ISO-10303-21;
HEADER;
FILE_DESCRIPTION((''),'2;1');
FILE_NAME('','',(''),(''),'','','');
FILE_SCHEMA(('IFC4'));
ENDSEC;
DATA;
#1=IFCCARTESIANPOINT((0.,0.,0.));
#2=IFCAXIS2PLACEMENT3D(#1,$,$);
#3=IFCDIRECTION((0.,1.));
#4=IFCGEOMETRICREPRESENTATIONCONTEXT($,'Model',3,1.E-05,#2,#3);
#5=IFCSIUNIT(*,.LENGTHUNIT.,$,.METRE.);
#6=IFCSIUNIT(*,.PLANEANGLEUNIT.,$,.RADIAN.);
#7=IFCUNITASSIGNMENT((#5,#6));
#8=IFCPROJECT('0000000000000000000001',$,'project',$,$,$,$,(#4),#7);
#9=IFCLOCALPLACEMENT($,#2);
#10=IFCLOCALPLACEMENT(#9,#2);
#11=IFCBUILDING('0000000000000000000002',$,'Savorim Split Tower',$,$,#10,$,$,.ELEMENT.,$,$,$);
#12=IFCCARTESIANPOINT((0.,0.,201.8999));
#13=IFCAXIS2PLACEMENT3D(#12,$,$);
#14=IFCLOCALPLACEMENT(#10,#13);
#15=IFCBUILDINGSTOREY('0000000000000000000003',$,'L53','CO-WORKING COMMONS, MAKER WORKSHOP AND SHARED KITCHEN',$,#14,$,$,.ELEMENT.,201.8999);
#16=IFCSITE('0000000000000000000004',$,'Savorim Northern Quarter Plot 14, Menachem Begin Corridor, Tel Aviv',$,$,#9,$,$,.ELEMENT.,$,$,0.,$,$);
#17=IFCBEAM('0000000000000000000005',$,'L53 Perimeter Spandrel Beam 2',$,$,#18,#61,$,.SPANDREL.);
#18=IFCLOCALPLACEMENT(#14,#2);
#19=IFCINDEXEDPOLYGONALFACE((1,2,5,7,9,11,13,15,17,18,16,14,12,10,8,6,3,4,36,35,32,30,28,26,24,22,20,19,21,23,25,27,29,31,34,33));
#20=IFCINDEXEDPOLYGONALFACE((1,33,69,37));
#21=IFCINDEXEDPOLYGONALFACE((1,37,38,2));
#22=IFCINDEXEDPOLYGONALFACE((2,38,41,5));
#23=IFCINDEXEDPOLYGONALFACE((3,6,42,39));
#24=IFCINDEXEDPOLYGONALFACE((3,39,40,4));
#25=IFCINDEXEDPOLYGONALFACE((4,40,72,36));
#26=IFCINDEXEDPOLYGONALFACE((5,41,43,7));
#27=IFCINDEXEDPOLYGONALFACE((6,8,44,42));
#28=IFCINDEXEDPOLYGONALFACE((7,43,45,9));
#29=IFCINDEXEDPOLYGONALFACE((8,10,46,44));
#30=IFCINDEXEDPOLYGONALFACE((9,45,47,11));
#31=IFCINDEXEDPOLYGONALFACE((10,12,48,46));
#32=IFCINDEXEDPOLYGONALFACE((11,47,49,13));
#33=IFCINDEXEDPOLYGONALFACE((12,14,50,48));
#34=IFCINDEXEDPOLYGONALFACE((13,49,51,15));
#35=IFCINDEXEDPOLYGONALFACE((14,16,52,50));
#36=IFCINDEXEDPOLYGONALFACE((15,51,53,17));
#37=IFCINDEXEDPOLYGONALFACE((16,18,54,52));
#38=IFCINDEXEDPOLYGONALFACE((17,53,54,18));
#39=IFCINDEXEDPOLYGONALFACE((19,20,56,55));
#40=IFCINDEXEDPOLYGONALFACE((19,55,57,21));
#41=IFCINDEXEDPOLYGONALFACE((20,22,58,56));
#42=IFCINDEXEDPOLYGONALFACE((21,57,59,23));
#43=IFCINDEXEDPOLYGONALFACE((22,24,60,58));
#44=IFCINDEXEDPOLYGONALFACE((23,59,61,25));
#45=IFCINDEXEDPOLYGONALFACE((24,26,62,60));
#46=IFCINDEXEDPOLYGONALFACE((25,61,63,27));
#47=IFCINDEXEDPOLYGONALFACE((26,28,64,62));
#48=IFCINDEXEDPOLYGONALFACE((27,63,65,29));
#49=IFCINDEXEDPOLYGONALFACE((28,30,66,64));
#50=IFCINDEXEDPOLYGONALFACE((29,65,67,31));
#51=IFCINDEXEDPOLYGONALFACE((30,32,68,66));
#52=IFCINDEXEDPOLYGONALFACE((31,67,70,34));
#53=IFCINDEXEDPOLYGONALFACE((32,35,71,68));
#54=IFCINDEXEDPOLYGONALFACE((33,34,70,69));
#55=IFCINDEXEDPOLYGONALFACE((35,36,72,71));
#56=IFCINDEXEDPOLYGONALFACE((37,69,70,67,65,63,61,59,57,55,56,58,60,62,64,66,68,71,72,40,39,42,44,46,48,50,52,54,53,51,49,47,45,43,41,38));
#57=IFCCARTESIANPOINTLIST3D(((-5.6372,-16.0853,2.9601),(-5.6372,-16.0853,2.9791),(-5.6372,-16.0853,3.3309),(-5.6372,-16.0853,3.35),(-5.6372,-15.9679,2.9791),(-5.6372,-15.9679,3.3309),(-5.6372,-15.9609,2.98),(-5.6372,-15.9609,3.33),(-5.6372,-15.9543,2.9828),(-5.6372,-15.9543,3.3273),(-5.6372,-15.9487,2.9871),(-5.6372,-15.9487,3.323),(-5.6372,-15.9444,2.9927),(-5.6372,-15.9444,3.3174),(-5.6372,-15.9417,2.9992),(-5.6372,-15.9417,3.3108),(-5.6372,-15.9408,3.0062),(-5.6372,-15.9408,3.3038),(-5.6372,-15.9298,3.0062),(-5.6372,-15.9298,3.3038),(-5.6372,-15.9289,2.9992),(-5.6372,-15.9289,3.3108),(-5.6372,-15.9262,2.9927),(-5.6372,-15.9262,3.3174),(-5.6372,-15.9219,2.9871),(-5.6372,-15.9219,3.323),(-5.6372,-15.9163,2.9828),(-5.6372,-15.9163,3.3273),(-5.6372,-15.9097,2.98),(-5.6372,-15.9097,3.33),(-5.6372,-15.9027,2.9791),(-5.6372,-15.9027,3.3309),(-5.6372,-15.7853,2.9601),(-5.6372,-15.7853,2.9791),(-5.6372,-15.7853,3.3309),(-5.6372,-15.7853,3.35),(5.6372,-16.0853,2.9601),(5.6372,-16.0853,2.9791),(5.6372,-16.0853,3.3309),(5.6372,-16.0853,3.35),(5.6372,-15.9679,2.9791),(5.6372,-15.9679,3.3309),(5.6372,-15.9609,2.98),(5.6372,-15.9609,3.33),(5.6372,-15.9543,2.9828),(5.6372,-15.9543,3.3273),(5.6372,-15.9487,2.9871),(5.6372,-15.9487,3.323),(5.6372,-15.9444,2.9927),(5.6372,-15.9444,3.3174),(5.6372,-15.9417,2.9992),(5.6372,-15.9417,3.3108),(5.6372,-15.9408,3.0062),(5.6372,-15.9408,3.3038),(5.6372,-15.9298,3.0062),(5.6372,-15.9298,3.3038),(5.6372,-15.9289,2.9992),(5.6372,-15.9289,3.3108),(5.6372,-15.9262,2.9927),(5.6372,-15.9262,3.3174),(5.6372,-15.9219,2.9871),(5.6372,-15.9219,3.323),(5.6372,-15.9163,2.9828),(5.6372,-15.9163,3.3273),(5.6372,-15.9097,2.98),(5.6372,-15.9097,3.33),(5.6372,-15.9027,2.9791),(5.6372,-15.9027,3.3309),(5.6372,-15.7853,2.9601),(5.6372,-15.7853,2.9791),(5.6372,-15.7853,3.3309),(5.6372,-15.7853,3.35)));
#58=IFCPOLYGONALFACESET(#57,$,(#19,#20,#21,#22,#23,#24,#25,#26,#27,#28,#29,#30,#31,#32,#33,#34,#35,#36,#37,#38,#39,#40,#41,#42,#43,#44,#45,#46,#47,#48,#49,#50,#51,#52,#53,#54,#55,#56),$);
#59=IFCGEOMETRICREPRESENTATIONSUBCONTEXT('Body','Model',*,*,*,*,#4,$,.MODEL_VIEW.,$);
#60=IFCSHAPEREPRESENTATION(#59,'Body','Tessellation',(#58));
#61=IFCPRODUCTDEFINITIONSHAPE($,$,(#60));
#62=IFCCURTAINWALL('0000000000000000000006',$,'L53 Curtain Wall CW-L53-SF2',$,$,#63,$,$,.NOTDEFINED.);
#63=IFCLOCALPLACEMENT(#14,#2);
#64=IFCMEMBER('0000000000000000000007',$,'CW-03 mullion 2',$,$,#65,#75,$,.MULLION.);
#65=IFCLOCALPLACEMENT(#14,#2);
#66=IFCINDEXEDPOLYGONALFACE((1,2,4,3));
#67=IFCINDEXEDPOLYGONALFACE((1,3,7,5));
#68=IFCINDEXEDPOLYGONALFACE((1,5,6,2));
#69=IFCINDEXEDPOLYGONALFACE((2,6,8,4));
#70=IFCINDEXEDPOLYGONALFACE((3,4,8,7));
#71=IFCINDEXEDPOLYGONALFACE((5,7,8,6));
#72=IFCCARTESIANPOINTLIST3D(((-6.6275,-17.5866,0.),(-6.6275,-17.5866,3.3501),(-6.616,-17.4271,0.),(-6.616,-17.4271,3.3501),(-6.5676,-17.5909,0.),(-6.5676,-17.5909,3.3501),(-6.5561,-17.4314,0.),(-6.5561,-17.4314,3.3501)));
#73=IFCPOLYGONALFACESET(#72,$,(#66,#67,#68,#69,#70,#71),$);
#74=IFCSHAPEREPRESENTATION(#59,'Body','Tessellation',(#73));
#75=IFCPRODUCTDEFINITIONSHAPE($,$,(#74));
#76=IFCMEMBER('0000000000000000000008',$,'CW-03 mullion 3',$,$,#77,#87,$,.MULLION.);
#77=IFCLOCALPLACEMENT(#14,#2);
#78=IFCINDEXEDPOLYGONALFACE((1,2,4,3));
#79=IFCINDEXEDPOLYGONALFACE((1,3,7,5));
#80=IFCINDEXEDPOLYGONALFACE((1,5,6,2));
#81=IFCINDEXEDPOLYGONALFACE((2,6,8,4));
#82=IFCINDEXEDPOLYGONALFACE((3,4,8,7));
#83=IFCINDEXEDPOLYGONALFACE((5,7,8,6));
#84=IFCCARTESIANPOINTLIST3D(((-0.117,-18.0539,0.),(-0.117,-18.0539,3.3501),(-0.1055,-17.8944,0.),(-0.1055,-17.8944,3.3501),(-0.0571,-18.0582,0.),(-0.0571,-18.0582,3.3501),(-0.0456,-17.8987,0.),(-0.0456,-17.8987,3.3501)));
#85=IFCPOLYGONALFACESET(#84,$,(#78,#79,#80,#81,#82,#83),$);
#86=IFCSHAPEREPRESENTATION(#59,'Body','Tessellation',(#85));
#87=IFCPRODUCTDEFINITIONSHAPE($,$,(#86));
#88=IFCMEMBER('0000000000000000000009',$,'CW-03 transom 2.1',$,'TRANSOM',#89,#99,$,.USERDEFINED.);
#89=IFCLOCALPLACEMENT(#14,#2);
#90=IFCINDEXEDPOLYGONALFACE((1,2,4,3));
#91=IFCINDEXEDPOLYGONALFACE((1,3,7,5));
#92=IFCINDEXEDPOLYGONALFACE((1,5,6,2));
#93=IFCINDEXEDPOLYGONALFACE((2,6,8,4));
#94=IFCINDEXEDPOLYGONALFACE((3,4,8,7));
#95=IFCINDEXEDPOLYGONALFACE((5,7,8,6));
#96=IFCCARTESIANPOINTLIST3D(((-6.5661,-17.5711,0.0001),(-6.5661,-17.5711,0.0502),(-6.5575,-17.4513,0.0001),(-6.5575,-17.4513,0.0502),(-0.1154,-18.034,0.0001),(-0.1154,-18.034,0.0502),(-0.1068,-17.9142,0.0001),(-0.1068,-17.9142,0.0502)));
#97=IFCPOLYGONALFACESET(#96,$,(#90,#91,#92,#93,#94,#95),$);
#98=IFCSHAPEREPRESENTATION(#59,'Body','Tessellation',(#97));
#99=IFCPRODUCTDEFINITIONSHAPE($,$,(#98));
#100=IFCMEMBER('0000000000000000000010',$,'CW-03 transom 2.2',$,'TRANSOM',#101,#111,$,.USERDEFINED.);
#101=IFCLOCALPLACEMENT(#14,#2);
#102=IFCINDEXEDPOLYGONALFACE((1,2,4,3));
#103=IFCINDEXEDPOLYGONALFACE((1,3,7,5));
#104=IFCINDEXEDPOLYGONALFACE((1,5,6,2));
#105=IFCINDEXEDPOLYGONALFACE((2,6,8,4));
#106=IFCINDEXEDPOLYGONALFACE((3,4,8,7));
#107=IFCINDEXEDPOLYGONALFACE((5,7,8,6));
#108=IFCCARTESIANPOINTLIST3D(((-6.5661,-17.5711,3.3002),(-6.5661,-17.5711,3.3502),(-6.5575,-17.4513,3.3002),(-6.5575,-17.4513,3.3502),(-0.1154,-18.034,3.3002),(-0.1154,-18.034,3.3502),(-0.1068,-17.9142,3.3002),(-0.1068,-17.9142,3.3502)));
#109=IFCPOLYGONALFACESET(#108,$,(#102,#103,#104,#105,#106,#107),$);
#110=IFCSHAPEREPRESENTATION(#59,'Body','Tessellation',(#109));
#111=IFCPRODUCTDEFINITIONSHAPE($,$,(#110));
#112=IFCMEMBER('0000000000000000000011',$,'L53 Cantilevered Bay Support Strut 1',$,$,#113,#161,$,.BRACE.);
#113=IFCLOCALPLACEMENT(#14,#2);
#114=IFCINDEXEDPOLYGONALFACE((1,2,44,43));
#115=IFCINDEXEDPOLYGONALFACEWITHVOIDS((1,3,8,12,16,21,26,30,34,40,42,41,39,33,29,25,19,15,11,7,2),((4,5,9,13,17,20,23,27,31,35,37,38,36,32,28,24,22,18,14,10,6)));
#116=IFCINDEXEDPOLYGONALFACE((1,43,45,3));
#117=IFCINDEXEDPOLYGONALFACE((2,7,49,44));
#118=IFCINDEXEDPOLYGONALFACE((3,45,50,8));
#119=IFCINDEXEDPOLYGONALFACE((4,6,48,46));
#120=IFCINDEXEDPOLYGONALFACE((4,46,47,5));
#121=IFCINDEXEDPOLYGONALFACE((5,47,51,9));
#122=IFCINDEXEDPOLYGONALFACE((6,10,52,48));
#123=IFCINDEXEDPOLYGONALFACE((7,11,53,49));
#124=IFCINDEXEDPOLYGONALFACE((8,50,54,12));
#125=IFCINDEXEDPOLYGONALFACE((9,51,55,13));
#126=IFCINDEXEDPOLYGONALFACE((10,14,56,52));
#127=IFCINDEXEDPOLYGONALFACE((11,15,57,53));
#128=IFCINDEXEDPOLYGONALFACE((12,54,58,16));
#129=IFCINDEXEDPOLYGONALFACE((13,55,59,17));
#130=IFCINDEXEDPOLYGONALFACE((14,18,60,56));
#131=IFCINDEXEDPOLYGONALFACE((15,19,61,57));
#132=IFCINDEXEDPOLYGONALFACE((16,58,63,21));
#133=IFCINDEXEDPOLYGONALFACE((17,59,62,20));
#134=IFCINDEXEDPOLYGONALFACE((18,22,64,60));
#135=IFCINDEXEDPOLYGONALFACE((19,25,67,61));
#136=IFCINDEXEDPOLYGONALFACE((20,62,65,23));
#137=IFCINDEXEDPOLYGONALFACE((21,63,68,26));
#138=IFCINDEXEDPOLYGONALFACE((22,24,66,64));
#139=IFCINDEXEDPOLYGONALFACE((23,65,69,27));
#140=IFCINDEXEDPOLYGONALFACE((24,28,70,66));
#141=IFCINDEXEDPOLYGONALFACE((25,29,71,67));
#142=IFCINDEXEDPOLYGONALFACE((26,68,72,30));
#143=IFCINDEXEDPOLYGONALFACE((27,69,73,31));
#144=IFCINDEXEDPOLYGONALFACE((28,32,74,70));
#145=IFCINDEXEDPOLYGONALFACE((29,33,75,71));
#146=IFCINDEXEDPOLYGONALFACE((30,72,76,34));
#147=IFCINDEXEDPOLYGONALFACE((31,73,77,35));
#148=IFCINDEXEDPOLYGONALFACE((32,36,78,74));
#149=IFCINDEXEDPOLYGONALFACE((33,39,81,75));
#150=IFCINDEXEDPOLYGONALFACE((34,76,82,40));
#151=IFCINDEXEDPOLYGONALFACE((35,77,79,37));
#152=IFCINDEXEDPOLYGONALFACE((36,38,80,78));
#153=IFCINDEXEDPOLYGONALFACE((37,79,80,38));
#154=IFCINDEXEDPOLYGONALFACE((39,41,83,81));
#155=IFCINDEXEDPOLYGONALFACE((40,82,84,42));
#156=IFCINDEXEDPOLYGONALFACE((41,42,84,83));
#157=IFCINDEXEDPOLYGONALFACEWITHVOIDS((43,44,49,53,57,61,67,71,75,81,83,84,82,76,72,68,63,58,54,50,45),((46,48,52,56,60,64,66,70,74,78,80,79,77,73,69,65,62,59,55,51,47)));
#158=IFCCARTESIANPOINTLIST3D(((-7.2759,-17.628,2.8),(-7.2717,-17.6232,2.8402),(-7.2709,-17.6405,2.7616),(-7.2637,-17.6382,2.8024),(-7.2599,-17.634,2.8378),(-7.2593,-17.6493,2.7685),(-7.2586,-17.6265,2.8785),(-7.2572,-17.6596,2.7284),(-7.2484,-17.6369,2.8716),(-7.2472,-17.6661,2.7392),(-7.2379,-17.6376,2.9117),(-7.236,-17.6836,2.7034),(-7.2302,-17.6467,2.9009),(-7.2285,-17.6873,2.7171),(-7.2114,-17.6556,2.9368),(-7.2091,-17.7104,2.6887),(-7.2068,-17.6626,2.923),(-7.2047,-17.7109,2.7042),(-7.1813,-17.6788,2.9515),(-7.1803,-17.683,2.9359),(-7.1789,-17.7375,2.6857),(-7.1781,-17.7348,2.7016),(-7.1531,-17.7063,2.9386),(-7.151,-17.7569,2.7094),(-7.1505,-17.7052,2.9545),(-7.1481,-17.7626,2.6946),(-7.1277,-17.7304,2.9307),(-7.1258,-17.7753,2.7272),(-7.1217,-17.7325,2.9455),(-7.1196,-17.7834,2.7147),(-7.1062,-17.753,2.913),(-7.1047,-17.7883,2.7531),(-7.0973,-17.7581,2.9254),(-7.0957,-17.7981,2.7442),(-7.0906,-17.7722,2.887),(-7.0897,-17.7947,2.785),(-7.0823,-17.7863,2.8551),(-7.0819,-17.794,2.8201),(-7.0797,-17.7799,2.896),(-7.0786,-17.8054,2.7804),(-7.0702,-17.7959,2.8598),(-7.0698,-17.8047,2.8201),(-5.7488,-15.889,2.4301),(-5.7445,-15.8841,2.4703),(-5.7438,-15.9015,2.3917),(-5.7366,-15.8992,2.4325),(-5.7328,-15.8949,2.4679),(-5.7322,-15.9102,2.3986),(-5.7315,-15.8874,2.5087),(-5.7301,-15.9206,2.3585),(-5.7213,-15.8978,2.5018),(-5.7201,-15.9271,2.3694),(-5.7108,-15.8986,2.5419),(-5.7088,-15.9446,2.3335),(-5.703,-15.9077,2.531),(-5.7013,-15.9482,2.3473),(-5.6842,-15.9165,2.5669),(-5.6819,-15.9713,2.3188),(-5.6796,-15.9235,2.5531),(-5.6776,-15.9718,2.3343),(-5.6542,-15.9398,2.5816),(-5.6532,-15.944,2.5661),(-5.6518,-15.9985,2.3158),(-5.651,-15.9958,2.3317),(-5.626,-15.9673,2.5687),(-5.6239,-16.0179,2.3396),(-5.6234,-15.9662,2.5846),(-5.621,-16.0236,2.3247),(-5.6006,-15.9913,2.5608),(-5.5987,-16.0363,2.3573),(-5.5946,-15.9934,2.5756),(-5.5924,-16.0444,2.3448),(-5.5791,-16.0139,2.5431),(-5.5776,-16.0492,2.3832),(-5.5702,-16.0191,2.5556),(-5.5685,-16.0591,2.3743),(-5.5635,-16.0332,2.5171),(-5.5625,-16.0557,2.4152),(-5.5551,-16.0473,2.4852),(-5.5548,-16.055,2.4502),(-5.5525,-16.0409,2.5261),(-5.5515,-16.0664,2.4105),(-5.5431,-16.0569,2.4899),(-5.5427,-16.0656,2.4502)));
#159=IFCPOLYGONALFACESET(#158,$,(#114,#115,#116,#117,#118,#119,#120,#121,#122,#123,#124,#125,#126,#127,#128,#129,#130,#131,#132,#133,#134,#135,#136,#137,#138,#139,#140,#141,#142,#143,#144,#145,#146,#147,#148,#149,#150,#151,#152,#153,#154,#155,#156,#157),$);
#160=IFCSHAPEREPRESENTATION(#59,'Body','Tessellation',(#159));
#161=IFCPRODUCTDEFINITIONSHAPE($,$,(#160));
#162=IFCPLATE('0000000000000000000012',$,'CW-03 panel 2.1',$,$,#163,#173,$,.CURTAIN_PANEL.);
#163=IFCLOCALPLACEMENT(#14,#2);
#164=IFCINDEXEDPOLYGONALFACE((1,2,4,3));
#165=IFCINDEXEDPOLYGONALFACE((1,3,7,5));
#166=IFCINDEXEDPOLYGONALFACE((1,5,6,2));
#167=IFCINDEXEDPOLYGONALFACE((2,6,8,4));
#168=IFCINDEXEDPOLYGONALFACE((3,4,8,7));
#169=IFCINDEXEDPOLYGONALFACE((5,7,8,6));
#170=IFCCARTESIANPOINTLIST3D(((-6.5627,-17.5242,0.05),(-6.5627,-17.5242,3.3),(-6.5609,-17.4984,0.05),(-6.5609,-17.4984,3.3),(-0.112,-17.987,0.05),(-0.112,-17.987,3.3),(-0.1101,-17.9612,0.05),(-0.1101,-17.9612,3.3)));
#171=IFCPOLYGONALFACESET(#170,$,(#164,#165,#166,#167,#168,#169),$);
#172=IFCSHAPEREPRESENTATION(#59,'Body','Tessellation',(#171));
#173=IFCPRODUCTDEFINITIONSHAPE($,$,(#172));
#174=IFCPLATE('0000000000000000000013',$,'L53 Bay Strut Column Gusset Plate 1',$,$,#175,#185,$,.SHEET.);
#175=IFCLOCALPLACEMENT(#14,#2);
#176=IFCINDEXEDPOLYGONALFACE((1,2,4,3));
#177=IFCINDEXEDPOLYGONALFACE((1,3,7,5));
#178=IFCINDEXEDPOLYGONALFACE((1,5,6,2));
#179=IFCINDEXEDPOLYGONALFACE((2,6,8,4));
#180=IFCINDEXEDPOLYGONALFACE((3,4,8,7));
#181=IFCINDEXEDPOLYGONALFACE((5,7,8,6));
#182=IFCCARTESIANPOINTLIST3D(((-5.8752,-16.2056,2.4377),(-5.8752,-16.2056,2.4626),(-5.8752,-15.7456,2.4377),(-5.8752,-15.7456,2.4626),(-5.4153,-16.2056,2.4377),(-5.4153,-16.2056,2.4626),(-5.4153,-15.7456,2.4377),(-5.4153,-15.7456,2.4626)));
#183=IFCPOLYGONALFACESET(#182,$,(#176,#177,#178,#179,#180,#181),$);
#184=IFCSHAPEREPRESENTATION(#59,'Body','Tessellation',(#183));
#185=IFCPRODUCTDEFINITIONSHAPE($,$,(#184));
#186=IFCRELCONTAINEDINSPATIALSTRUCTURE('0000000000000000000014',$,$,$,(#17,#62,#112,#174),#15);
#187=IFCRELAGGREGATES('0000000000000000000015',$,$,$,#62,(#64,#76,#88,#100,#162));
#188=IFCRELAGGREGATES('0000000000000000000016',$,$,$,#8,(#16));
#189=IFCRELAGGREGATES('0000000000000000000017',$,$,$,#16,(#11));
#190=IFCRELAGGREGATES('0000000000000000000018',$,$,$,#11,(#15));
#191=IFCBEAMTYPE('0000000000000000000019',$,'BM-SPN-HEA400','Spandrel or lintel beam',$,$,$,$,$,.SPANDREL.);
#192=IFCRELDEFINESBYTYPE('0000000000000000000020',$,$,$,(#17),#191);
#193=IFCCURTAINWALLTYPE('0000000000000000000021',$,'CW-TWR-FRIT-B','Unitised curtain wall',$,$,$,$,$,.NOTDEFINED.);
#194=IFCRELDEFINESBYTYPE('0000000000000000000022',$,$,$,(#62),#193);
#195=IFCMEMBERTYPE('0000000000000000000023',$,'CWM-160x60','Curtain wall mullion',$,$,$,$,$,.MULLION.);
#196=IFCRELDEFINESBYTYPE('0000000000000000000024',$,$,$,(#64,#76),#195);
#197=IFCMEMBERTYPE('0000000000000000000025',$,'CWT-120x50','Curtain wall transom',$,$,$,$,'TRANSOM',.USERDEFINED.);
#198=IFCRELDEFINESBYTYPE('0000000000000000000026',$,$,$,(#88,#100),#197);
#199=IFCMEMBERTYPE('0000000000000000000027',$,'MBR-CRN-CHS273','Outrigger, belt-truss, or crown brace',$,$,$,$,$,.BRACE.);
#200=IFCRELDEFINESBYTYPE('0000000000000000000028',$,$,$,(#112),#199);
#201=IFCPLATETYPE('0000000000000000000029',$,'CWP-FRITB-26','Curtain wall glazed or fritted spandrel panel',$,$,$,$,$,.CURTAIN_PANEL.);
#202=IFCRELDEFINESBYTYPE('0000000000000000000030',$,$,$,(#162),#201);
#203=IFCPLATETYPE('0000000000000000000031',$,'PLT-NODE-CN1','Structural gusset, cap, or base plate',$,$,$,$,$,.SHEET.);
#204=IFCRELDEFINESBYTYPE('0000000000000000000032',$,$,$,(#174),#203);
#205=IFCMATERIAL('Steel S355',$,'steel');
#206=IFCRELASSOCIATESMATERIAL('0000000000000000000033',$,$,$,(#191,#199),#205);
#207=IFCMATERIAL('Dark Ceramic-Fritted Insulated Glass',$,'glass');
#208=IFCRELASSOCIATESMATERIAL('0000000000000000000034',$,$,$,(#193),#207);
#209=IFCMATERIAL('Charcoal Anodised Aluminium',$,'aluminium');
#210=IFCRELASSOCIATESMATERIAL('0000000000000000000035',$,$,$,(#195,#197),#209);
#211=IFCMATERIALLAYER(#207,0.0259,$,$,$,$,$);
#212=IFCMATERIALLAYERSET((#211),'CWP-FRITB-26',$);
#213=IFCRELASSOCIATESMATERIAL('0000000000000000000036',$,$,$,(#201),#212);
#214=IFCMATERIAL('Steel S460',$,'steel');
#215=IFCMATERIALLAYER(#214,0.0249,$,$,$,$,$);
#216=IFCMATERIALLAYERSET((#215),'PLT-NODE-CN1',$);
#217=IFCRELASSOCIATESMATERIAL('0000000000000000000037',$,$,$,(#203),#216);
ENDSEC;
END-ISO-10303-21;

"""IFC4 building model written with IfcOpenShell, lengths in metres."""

from ifc_helpers import new_model, si_unit, direction, frame, origin, origin_2d, place, context, subcontext, project, spatial, rectangle, hollow_circle, i_section, extrude, material, layer, layer_set, material_profile, profile_set, type_object, element, aggregate, save


model = new_model("IFC4")

# Units and contexts
model_context = context("Model", 3, precision=1e-05, world=origin(), true_north=direction((0.0, 1.0)))
body_context = subcontext(model_context, "Body", "Model", "MODEL_VIEW")
ifc_project = project(units=[si_unit("LENGTHUNIT", "METRE"), si_unit("PLANEANGLEUNIT", "RADIAN")], contexts=[model_context])

# Site, building, storey
site_placement = place(None, origin())
site = spatial("IfcSite", under=ifc_project, at=site_placement, Name="Savorim Northern Quarter Plot 14, Menachem Begin Corridor, Tel Aviv", CompositionType="ELEMENT", RefElevation=0.0)
building_placement = place(site_placement, origin())
building = spatial("IfcBuilding", under=site, at=building_placement, Name="Savorim Split Tower", CompositionType="ELEMENT")
storey_placement = place(building_placement, frame((0.0, 0.0, 201.8999)))
storey = spatial("IfcBuildingStorey", under=building, at=storey_placement, Name="L53", Description="CO-WORKING COMMONS, MAKER WORKSHOP AND SHARED KITCHEN", CompositionType="ELEMENT", Elevation=201.8999)

# Shared definitions
ifc_material_1 = material(Name="Steel S355", Category="steel")

# Beam
ifc_material_profile_1 = material_profile(ifc_material_1, i_section(OverallWidth=0.3, OverallDepth=0.3899, WebThickness=0.011, FlangeThickness=0.019, FilletRadius=0.0271, at=origin_2d()), Name="HEA 400")
ifc_profile_set_1 = profile_set([ifc_material_profile_1], Name="Steel S355")
beam_type_1 = type_object("IfcBeamType", Name="BM-SPN-HEA400", Description="Spandrel or lintel beam", PredefinedType="SPANDREL", material=ifc_profile_set_1)
beam_1_placement = place(storey_placement, frame((-5.6372, -15.9353, 3.155), z_axis=(1.0, 0.0, 0.0), x_axis=(0.0, 1.0, 0.0)))
element("IfcBeam", 1, at=beam_1_placement, inside=storey, type_object=beam_type_1, Name="L53 Perimeter Spandrel Beam 2", PredefinedType="SPANDREL", context=body_context, shape_type="SweptSolid", body=[
    extrude(i_section(OverallWidth=0.3, OverallDepth=0.3899, WebThickness=0.011, FlangeThickness=0.019, FilletRadius=0.0271, at=origin_2d()), origin(), (0.0, 0.0, 1.0), 11.2744),
])

# Curtain wall, members
ifc_material_2 = material(Name="Dark Ceramic-Fritted Insulated Glass", Category="glass")
curtain_wall_type = type_object("IfcCurtainWallType", Name="CW-TWR-FRIT-B", Description="Unitised curtain wall", PredefinedType="NOTDEFINED", material=ifc_material_2)
curtain_wall_placement = place(storey_placement, origin())
curtain_wall = element("IfcCurtainWall", 2, at=curtain_wall_placement, inside=storey, type_object=curtain_wall_type, Name="L53 Curtain Wall CW-L53-SF2", PredefinedType="NOTDEFINED")
ifc_material_3 = material(Name="Charcoal Anodised Aluminium", Category="aluminium")
ifc_material_profile_2 = material_profile(ifc_material_3, rectangle(XDim=0.1599, YDim=0.0601, at=origin_2d()), Name="ALU-M 160x60")
ifc_profile_set_2 = profile_set([ifc_material_profile_2], Name="Charcoal Anodised Aluminium")
member_type_1 = type_object("IfcMemberType", Name="CWM-160x60", Description="Curtain wall mullion", PredefinedType="MULLION", material=ifc_profile_set_2)
member_1_placement = place(storey_placement, frame((-6.5918, -17.509, 0.0), z_axis=(0.0, 0.0, 1.0), x_axis=(0.071562, 0.997436, 0.0)))
member_1 = element("IfcMember", 3, at=member_1_placement, type_object=member_type_1, Name="CW-03 mullion 2", PredefinedType="MULLION", context=body_context, shape_type="SweptSolid", body=[
    extrude(rectangle(XDim=0.1599, YDim=0.0601, at=origin_2d()), origin(), (0.0, 0.0, 1.0), 3.3501),
])
member_2_placement = place(storey_placement, frame((-0.0813, -17.9763, 0.0), z_axis=(0.0, 0.0, 1.0), x_axis=(0.071562, 0.997436, 0.0)))
member_2 = element("IfcMember", 4, at=member_2_placement, type_object=member_type_1, Name="CW-03 mullion 3", PredefinedType="MULLION", context=body_context, shape_type="SweptSolid", body=[
    extrude(rectangle(XDim=0.1599, YDim=0.0601, at=origin_2d()), origin(), (0.0, 0.0, 1.0), 3.3501),
])
ifc_material_profile_3 = material_profile(ifc_material_3, rectangle(XDim=0.1201, YDim=0.05, at=origin_2d()), Name="ALU-T 120x50")
ifc_profile_set_3 = profile_set([ifc_material_profile_3], Name="Charcoal Anodised Aluminium")
member_type_2 = type_object("IfcMemberType", Name="CWT-120x50", Description="Curtain wall transom", ElementType="TRANSOM", PredefinedType="USERDEFINED", material=ifc_profile_set_3)
member_3_placement = place(storey_placement, frame((-6.5618, -17.5112, 0.0251), z_axis=(0.997435, -0.071574, 0.0), x_axis=(0.071574, 0.997435, 0.0)))
member_3 = element("IfcMember", 5, at=member_3_placement, type_object=member_type_2, Name="CW-03 transom 2.1", ObjectType="TRANSOM", PredefinedType="USERDEFINED", context=body_context, shape_type="SweptSolid", body=[
    extrude(rectangle(XDim=0.1201, YDim=0.05, at=origin_2d()), origin(), (0.0, 0.0, 1.0), 6.4673),
])
member_4_placement = place(storey_placement, frame((-6.5618, -17.5112, 3.3252), z_axis=(0.997435, -0.071574, 0.0), x_axis=(0.071574, 0.997435, 0.0)))
member_4 = element("IfcMember", 6, at=member_4_placement, type_object=member_type_2, Name="CW-03 transom 2.2", ObjectType="TRANSOM", PredefinedType="USERDEFINED", context=body_context, shape_type="SweptSolid", body=[
    extrude(rectangle(XDim=0.1201, YDim=0.05, at=origin_2d()), origin(), (0.0, 0.0, 1.0), 6.4673),
])

# Member
ifc_material_profile_4 = material_profile(ifc_material_1, hollow_circle(Radius=0.1365, WallThickness=0.0161, at=origin_2d()), Name="CHS 273x16")
ifc_profile_set_4 = profile_set([ifc_material_profile_4], Name="Steel S355")
member_type_3 = type_object("IfcMemberType", Name="MBR-CRN-CHS273", Description="Outrigger, belt-truss, or crown brace", PredefinedType="BRACE", material=ifc_profile_set_4)
member_5_placement = place(storey_placement, frame((-5.6453, -15.9756, 2.4502), z_axis=(-0.651572, -0.74199, 0.157815), x_axis=(0.751406, -0.65984, 0.0)))
element("IfcMember", 7, at=member_5_placement, inside=storey, type_object=member_type_3, Name="L53 Cantilevered Bay Support Strut 1", PredefinedType="BRACE", context=body_context, shape_type="SweptSolid", body=[
    extrude(hollow_circle(Radius=0.1365, WallThickness=0.0161, at=origin_2d()), origin(), (0.0, 0.0, 1.0), 2.3438),
])

# Plate
ifc_layer_1 = layer(ifc_material_2, 0.0259)
ifc_layer_set_1 = layer_set([ifc_layer_1], Name="CWP-FRITB-26")
plate_type_1 = type_object("IfcPlateType", Name="CWP-FRITB-26", Description="Curtain wall glazed or fritted spandrel panel", PredefinedType="CURTAIN_PANEL", material=ifc_layer_set_1)
plate_placement = place(storey_placement, frame((-3.3364, -17.7427, 0.05), z_axis=(0.0, 0.0, 1.0), x_axis=(0.997436, -0.071562, 0.0)))
plate = element("IfcPlate", 8, at=plate_placement, type_object=plate_type_1, Name="CW-03 panel 2.1", PredefinedType="CURTAIN_PANEL", context=body_context, shape_type="SweptSolid", body=[
    extrude(rectangle(XDim=6.4673, YDim=0.0259, at=origin_2d()), origin(), (0.0, 0.0, 1.0), 3.25),
])
aggregate(curtain_wall, [member_1, member_2, member_3, member_4, plate])

# Plate
ifc_material_4 = material(Name="Steel S460", Category="steel")
ifc_layer_2 = layer(ifc_material_4, 0.0249)
ifc_layer_set_2 = layer_set([ifc_layer_2], Name="PLT-NODE-CN1")
plate_type_2 = type_object("IfcPlateType", Name="PLT-NODE-CN1", Description="Structural gusset, cap, or base plate", PredefinedType="SHEET", material=ifc_layer_set_2)
for number, where, z_axis, x_axis, name in (
    (9, (-5.6453, -15.9756, 2.4377), (0.0, 0.0, 1.0), (1.0, 0.0, 0.0), "L53 Bay Strut Column Gusset Plate 1"),
):
    element("IfcPlate", number, at=place(storey_placement, frame(where, z_axis=z_axis, x_axis=x_axis)), inside=storey, type_object=plate_type_2, Name=name, PredefinedType="SHEET", context=body_context, shape_type="SweptSolid", body=[
        extrude(rectangle(XDim=0.46, YDim=0.46, at=origin_2d()), origin(), (0.0, 0.0, 1.0), 0.0249),
    ])

save(model, "model.ifc")
